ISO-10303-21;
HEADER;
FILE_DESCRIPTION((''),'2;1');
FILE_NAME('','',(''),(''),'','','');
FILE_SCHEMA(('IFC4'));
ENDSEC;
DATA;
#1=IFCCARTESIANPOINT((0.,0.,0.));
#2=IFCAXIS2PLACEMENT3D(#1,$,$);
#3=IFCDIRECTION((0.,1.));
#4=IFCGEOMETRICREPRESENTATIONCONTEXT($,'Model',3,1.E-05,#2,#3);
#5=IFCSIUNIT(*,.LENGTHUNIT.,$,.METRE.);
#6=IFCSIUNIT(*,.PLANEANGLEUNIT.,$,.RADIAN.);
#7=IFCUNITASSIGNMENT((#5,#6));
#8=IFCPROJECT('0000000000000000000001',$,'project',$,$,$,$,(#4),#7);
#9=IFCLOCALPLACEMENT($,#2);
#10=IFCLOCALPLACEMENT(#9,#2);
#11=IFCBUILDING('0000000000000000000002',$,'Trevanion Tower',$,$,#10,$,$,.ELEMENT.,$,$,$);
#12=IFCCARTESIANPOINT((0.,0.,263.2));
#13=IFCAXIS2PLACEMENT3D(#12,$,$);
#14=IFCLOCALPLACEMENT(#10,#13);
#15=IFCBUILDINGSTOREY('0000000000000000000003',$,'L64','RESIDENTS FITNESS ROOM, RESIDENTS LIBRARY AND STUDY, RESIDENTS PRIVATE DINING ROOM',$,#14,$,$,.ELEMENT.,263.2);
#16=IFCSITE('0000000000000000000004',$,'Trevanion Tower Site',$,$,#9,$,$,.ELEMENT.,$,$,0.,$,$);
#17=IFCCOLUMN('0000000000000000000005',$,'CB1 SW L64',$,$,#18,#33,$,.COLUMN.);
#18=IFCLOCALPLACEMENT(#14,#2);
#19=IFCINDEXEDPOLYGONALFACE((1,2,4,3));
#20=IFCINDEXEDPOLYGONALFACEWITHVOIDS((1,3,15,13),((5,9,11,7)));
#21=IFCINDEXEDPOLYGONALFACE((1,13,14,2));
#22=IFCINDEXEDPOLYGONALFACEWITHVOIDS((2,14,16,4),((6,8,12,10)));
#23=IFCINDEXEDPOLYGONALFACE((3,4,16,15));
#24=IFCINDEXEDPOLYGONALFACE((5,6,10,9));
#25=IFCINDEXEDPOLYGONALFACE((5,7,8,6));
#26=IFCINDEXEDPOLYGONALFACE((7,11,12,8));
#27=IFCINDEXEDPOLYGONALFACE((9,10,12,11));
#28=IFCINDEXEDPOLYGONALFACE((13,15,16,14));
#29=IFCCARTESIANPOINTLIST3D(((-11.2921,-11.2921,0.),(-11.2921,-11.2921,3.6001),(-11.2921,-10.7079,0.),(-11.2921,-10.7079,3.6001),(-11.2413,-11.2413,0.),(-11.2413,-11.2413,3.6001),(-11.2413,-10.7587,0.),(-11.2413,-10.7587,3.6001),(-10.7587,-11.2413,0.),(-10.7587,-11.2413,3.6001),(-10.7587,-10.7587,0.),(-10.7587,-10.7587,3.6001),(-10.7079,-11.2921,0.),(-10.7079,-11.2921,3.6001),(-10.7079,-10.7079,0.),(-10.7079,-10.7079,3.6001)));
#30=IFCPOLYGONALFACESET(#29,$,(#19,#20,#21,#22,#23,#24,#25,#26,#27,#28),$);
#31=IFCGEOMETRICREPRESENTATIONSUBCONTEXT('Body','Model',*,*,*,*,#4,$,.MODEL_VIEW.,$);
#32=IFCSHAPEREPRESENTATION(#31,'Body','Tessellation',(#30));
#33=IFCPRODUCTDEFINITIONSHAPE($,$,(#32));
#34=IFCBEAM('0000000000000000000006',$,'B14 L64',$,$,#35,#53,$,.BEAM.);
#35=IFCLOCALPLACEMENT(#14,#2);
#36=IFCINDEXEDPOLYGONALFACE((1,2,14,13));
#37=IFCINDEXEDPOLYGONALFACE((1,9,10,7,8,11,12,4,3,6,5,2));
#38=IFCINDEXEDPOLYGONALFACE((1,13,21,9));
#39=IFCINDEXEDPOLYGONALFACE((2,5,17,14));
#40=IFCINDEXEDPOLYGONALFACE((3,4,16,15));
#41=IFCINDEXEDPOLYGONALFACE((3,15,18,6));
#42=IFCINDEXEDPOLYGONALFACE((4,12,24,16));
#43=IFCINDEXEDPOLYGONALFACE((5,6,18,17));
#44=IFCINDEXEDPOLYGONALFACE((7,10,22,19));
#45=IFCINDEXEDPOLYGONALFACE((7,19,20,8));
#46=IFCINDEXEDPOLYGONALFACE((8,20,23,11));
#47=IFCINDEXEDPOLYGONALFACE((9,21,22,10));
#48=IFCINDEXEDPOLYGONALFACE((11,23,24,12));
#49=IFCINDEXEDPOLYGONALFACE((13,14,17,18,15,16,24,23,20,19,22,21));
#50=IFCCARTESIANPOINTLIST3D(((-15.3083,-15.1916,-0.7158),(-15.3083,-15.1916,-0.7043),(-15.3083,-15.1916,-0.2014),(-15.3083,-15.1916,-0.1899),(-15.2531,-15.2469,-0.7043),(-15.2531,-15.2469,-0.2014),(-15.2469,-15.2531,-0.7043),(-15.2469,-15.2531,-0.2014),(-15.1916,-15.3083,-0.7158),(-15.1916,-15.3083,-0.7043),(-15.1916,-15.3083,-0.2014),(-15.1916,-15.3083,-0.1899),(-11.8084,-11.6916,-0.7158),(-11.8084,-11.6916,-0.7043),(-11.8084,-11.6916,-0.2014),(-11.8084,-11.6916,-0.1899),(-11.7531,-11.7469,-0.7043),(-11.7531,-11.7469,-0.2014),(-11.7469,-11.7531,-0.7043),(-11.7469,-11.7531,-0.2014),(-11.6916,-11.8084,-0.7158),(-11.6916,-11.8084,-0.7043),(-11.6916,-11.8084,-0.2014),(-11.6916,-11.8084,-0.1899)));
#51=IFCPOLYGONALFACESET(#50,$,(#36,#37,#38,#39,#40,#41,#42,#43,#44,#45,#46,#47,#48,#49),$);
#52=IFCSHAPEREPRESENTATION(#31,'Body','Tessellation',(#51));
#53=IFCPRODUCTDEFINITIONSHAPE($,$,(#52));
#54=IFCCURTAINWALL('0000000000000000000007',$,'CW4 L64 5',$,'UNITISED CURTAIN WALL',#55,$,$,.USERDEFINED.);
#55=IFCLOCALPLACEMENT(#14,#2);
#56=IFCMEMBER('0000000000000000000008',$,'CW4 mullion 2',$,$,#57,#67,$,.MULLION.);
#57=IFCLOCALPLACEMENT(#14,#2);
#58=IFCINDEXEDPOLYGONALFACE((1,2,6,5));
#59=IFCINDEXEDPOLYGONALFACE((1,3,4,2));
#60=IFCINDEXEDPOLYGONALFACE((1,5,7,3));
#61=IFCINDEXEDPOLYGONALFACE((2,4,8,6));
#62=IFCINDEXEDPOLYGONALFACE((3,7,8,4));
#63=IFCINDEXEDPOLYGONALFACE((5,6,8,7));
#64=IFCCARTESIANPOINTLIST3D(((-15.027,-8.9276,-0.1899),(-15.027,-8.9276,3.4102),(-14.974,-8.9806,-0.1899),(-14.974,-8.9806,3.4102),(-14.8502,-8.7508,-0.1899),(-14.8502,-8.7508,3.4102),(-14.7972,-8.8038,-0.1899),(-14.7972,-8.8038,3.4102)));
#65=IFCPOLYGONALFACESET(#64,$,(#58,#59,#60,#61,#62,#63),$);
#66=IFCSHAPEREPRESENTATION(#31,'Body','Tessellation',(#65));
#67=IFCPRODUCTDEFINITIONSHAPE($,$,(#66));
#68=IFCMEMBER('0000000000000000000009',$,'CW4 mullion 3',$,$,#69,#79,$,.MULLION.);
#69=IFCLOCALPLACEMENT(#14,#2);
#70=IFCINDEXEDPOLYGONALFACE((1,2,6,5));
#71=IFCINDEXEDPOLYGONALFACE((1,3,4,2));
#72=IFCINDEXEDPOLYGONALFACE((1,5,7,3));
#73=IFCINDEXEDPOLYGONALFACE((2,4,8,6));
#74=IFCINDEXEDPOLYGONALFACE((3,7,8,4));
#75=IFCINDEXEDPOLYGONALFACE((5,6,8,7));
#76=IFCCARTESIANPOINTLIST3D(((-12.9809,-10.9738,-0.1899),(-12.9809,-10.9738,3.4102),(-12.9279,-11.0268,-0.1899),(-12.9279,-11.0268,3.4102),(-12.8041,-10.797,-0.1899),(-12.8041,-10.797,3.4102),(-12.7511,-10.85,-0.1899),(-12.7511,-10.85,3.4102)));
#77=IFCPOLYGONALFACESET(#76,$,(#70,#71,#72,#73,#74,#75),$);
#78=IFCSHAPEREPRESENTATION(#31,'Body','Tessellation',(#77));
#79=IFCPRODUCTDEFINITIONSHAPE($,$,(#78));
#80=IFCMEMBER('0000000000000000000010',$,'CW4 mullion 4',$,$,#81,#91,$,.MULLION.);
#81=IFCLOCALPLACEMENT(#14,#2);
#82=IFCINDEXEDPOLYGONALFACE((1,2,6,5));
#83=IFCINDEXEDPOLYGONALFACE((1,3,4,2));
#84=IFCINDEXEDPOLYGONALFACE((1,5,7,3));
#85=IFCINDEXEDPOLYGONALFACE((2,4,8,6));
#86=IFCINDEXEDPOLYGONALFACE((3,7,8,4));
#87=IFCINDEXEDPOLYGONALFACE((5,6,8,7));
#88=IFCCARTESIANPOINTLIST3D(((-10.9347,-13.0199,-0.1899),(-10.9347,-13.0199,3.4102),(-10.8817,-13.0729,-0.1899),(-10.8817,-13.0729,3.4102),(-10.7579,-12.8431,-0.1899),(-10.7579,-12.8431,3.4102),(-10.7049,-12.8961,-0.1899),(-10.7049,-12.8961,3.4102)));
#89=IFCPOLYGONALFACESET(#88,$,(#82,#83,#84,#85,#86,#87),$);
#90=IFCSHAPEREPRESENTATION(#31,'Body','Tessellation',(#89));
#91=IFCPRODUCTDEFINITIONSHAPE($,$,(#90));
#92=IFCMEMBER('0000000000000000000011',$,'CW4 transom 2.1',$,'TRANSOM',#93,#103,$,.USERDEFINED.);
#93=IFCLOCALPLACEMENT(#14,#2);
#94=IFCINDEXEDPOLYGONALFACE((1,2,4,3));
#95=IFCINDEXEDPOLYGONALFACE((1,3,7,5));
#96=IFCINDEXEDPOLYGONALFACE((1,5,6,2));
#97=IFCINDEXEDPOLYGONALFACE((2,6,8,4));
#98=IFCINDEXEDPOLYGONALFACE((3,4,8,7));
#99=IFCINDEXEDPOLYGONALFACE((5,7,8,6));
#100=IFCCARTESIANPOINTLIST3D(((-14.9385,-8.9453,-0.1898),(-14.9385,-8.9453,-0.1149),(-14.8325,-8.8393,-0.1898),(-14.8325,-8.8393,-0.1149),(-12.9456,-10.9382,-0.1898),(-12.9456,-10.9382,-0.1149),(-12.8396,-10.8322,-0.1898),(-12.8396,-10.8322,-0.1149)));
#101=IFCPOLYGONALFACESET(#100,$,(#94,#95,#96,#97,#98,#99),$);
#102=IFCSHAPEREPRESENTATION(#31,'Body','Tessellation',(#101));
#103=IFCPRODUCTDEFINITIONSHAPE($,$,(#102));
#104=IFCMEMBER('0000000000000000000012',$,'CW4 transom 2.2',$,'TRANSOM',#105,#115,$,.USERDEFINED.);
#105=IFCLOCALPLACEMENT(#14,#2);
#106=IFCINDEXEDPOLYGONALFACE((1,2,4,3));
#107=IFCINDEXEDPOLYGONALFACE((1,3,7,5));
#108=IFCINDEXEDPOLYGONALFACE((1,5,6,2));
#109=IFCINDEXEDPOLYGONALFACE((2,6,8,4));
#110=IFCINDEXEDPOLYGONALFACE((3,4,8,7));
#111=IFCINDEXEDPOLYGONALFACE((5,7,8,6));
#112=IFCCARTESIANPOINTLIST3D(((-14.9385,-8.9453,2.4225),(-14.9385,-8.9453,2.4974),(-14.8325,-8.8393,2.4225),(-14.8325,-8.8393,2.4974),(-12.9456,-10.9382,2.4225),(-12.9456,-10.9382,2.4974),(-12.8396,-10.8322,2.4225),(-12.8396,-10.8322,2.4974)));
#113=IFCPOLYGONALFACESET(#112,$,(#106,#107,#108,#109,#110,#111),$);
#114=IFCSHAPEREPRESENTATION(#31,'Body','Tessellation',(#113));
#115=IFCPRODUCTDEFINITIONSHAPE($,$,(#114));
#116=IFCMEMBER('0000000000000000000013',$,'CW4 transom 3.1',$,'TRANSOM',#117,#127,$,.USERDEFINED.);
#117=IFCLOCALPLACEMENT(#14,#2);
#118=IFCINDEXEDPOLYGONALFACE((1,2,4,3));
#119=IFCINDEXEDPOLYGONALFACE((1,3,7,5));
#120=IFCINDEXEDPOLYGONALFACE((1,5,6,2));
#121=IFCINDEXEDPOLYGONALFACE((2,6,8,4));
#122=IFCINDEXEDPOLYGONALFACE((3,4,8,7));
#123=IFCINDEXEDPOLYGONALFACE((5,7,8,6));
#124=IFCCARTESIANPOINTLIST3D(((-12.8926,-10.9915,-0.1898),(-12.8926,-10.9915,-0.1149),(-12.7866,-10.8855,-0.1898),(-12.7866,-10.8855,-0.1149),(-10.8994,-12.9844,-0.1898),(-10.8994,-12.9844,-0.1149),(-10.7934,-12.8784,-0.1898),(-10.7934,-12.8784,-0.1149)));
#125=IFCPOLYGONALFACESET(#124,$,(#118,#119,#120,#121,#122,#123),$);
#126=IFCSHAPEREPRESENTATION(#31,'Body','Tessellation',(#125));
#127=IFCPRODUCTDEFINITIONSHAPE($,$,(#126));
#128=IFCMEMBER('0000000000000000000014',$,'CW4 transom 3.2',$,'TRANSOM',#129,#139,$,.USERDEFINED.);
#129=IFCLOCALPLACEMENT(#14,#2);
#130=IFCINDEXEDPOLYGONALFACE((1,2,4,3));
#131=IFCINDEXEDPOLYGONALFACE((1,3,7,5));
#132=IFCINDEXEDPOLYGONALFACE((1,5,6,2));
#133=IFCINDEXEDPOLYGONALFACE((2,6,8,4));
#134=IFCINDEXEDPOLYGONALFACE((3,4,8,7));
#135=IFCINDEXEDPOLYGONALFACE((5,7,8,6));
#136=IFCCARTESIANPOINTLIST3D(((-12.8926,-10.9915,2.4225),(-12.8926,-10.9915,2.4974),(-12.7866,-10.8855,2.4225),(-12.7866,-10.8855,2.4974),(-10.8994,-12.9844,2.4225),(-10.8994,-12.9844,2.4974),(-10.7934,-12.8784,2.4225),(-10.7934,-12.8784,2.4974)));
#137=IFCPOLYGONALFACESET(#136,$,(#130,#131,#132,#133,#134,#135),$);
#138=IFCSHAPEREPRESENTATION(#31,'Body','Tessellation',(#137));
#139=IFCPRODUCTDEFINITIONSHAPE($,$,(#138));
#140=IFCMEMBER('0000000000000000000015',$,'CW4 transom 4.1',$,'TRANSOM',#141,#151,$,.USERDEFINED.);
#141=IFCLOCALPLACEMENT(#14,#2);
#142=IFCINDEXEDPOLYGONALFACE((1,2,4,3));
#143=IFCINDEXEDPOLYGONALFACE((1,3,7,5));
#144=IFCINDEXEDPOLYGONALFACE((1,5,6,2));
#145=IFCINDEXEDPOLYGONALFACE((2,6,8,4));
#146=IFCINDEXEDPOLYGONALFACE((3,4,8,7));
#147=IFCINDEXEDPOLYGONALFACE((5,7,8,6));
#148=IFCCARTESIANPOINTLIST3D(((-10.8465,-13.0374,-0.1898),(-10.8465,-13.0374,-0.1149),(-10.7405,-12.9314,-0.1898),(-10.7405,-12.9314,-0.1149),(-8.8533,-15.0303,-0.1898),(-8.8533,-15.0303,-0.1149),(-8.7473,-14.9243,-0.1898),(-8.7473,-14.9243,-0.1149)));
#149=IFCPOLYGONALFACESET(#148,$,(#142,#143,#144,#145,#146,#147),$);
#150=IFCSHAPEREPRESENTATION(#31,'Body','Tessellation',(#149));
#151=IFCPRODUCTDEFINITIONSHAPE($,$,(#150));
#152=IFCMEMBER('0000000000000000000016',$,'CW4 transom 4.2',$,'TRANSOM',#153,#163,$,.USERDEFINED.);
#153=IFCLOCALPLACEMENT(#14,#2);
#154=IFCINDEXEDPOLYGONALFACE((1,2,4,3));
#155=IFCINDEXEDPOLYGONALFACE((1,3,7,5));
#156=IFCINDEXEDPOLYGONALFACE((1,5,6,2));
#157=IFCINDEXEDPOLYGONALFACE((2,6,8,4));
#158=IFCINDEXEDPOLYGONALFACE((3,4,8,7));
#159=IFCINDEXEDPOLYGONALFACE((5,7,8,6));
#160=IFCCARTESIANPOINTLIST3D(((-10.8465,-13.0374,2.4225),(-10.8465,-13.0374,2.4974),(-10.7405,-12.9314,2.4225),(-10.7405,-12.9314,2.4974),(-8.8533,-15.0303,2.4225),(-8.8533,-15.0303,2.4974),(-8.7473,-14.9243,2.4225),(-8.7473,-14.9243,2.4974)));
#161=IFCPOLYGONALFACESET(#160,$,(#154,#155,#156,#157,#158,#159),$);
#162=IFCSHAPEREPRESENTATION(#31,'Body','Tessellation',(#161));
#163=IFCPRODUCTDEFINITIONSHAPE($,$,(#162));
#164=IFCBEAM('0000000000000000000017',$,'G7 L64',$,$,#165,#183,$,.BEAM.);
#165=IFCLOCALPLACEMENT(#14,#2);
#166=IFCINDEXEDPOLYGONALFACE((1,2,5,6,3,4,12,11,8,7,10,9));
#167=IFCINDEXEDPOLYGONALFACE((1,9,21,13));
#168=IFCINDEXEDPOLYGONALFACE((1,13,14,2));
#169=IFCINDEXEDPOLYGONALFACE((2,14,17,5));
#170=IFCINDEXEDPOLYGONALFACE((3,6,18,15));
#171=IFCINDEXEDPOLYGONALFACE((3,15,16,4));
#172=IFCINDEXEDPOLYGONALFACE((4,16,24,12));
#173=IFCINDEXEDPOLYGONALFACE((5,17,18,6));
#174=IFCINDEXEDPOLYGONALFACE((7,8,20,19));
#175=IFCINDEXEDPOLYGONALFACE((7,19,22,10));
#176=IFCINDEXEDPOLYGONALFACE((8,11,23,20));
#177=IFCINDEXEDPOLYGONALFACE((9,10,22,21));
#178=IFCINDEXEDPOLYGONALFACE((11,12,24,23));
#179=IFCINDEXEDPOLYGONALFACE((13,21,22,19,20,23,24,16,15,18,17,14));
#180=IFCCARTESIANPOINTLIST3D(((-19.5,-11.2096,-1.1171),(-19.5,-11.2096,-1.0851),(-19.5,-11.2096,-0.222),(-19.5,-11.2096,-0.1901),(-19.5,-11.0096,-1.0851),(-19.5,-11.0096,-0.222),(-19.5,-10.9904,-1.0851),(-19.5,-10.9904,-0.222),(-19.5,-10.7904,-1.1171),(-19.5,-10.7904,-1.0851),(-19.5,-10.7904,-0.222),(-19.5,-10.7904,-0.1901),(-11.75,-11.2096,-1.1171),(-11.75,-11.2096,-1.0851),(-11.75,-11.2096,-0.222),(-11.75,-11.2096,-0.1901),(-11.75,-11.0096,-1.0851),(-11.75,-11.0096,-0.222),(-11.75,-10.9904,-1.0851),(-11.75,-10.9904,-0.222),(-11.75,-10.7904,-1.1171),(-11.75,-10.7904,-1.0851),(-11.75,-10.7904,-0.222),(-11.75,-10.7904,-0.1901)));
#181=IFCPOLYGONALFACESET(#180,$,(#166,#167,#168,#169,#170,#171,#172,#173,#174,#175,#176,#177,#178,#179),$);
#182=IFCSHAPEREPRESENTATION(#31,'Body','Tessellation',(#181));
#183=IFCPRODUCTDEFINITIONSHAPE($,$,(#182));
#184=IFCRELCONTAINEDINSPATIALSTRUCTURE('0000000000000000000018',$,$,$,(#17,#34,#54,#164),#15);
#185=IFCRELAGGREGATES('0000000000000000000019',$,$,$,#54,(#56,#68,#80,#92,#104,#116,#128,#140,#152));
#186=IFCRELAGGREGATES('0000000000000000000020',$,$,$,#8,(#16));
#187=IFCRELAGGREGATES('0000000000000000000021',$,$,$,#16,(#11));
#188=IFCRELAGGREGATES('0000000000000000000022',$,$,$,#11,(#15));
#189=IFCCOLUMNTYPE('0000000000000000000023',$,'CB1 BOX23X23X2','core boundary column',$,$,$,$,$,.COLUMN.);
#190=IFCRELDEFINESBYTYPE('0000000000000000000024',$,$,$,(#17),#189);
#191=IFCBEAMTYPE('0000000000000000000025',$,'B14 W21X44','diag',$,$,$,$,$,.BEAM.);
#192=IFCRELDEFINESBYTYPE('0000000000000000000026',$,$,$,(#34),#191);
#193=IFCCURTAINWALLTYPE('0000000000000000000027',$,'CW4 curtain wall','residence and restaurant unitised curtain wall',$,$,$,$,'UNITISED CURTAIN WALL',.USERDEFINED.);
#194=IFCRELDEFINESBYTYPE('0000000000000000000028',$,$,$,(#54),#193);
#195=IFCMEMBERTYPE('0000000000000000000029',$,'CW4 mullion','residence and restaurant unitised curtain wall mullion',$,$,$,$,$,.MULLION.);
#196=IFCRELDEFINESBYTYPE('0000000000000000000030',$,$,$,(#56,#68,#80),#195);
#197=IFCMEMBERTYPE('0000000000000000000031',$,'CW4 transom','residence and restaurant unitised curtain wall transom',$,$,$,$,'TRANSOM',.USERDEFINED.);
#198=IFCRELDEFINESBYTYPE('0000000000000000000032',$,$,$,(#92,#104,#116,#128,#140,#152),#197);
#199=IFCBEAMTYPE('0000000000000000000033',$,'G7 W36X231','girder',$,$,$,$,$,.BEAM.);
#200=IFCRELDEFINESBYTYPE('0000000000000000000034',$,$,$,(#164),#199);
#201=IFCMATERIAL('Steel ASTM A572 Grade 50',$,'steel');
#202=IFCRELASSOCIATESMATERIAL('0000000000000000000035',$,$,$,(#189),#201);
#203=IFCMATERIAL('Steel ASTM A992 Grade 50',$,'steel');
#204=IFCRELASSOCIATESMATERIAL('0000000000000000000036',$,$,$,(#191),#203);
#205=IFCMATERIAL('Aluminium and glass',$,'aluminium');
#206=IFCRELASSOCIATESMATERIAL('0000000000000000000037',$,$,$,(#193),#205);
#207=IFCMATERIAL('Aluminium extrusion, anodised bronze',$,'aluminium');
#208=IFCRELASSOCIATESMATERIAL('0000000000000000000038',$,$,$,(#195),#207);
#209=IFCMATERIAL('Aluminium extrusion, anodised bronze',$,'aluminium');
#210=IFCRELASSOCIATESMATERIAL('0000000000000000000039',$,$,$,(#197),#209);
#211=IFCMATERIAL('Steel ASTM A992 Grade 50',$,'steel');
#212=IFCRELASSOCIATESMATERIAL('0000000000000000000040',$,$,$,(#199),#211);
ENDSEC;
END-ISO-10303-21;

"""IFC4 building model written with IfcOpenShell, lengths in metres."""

from ifc_helpers import new_model, si_unit, direction, frame, origin, origin_2d, place, context, subcontext, project, spatial, rectangle, hollow_rectangle, i_section, extrude, material, material_profile, profile_set, type_object, element, aggregate, save


model = new_model("IFC4")

# Units and contexts
model_context = context("Model", 3, precision=1e-05, world=origin(), true_north=direction((0.0, 1.0)))
body_context = subcontext(model_context, "Body", "Model", "MODEL_VIEW")
ifc_project = project(units=[si_unit("LENGTHUNIT", "METRE"), si_unit("PLANEANGLEUNIT", "RADIAN")], contexts=[model_context])

# Site, building, storey
site_placement = place(None, origin())
site = spatial("IfcSite", under=ifc_project, at=site_placement, Name="Trevanion Tower Site", CompositionType="ELEMENT", RefElevation=0.0)
building_placement = place(site_placement, origin())
building = spatial("IfcBuilding", under=site, at=building_placement, Name="Trevanion Tower", CompositionType="ELEMENT")
storey_placement = place(building_placement, frame((0.0, 0.0, 263.2)))
storey = spatial("IfcBuildingStorey", under=building, at=storey_placement, Name="L64", Description="RESIDENTS FITNESS ROOM, RESIDENTS LIBRARY AND STUDY, RESIDENTS PRIVATE DINING ROOM", CompositionType="ELEMENT", Elevation=263.2)

# Column
ifc_material_1 = material(Name="Steel ASTM A572 Grade 50", Category="steel")
ifc_material_profile_1 = material_profile(ifc_material_1, hollow_rectangle(XDim=0.5842, YDim=0.5842, WallThickness=0.0508, at=origin_2d()), Name="BOX23X23X2")
ifc_profile_set_1 = profile_set([ifc_material_profile_1], Name="Steel ASTM A572 Grade 50")
column_type = type_object("IfcColumnType", Name="CB1 BOX23X23X2", Description="core boundary column", PredefinedType="COLUMN", material=ifc_profile_set_1)
column_placement = place(storey_placement, frame((-11.0, -11.0, 0.0), z_axis=(0.0, 0.0, 1.0), x_axis=(1.0, 0.0, 0.0)))
element("IfcColumn", 1, at=column_placement, inside=storey, type_object=column_type, Name="CB1 SW L64", PredefinedType="COLUMN", context=body_context, shape_type="SweptSolid", body=[
    extrude(hollow_rectangle(XDim=0.5842, YDim=0.5842, WallThickness=0.0508, at=origin_2d()), origin(), (0.0, 0.0, 1.0), 3.6001),
])

# Beam
ifc_material_2 = material(Name="Steel ASTM A992 Grade 50", Category="steel")
ifc_material_profile_2 = material_profile(ifc_material_2, i_section(OverallWidth=0.165, OverallDepth=0.5259, WebThickness=0.0088, FlangeThickness=0.0115, at=origin_2d()), Name="W21X44")
ifc_profile_set_2 = profile_set([ifc_material_profile_2], Name="Steel ASTM A992 Grade 50")
beam_type_1 = type_object("IfcBeamType", Name="B14 W21X44", Description="diag", PredefinedType="BEAM", material=ifc_profile_set_2)
beam_1_placement = place(storey_placement, frame((-11.75, -11.75, -0.4529), z_axis=(-0.707107, -0.707107, 0.0), x_axis=(0.707107, -0.707107, 0.0)))
element("IfcBeam", 2, at=beam_1_placement, inside=storey, type_object=beam_type_1, Name="B14 L64", PredefinedType="BEAM", context=body_context, shape_type="SweptSolid", body=[
    extrude(i_section(OverallWidth=0.165, OverallDepth=0.5259, WebThickness=0.0088, FlangeThickness=0.0115, at=origin_2d()), origin(), (0.0, 0.0, 1.0), 4.9497),
])

# Curtain wall, members
ifc_material_3 = material(Name="Aluminium and glass", Category="aluminium")
curtain_wall_type = type_object("IfcCurtainWallType", Name="CW4 curtain wall", Description="residence and restaurant unitised curtain wall", ElementType="UNITISED CURTAIN WALL", PredefinedType="USERDEFINED", material=ifc_material_3)
curtain_wall_placement = place(storey_placement, origin())
curtain_wall = element("IfcCurtainWall", 3, at=curtain_wall_placement, inside=storey, type_object=curtain_wall_type, Name="CW4 L64 5", ObjectType="UNITISED CURTAIN WALL", PredefinedType="USERDEFINED")
ifc_material_4 = material(Name="Aluminium extrusion, anodised bronze", Category="aluminium")
ifc_material_profile_3 = material_profile(ifc_material_4, rectangle(XDim=0.075, YDim=0.25, at=origin_2d()), Name="CW4 mullion")
ifc_profile_set_3 = profile_set([ifc_material_profile_3], Name="Aluminium extrusion, anodised bronze")
member_type_1 = type_object("IfcMemberType", Name="CW4 mullion", Description="residence and restaurant unitised curtain wall mullion", PredefinedType="MULLION", material=ifc_profile_set_3)
member_1_placement = place(storey_placement, frame((-14.9121, -8.8657, -0.1899), z_axis=(0.0, 0.0, 1.0), x_axis=(0.707107, -0.707107, 0.0)))
member_1 = element("IfcMember", 4, at=member_1_placement, type_object=member_type_1, Name="CW4 mullion 2", PredefinedType="MULLION", context=body_context, shape_type="SweptSolid", body=[
    extrude(rectangle(XDim=0.075, YDim=0.25, at=origin_2d()), origin(), (0.0, 0.0, 1.0), 3.6001),
])
member_2_placement = place(storey_placement, frame((-12.866, -10.9119, -0.1899), z_axis=(0.0, 0.0, 1.0), x_axis=(0.707107, -0.707107, 0.0)))
member_2 = element("IfcMember", 5, at=member_2_placement, type_object=member_type_1, Name="CW4 mullion 3", PredefinedType="MULLION", context=body_context, shape_type="SweptSolid", body=[
    extrude(rectangle(XDim=0.075, YDim=0.25, at=origin_2d()), origin(), (0.0, 0.0, 1.0), 3.6001),
])
member_3_placement = place(storey_placement, frame((-10.8198, -12.958, -0.1899), z_axis=(0.0, 0.0, 1.0), x_axis=(0.707107, -0.707107, 0.0)))
member_3 = element("IfcMember", 6, at=member_3_placement, type_object=member_type_1, Name="CW4 mullion 4", PredefinedType="MULLION", context=body_context, shape_type="SweptSolid", body=[
    extrude(rectangle(XDim=0.075, YDim=0.25, at=origin_2d()), origin(), (0.0, 0.0, 1.0), 3.6001),
])
ifc_material_5 = material(Name="Aluminium extrusion, anodised bronze", Category="aluminium")
ifc_material_profile_4 = material_profile(ifc_material_5, rectangle(XDim=0.1499, YDim=0.075, at=origin_2d()), Name="CW4 transom")
ifc_profile_set_4 = profile_set([ifc_material_profile_4], Name="Aluminium extrusion, anodised bronze")
member_type_2 = type_object("IfcMemberType", Name="CW4 transom", Description="residence and restaurant unitised curtain wall transom", ElementType="TRANSOM", PredefinedType="USERDEFINED", material=ifc_profile_set_4)
member_4_placement = place(storey_placement, frame((-14.8855, -8.8923, -0.1523), z_axis=(0.707107, -0.707107, 0.0), x_axis=(0.707107, 0.707107, 0.0)))
member_4 = element("IfcMember", 7, at=member_4_placement, type_object=member_type_2, Name="CW4 transom 2.1", ObjectType="TRANSOM", PredefinedType="USERDEFINED", context=body_context, shape_type="SweptSolid", body=[
    extrude(rectangle(XDim=0.1499, YDim=0.075, at=origin_2d()), origin(), (0.0, 0.0, 1.0), 2.8184),
])
member_5_placement = place(storey_placement, frame((-14.8855, -8.8923, 2.46), z_axis=(0.707107, -0.707107, 0.0), x_axis=(0.707107, 0.707107, 0.0)))
member_5 = element("IfcMember", 8, at=member_5_placement, type_object=member_type_2, Name="CW4 transom 2.2", ObjectType="TRANSOM", PredefinedType="USERDEFINED", context=body_context, shape_type="SweptSolid", body=[
    extrude(rectangle(XDim=0.1499, YDim=0.075, at=origin_2d()), origin(), (0.0, 0.0, 1.0), 2.8184),
])
member_6_placement = place(storey_placement, frame((-12.8396, -10.9385, -0.1523), z_axis=(0.70715, -0.707063, 0.0), x_axis=(0.707063, 0.70715, 0.0)))
member_6 = element("IfcMember", 9, at=member_6_placement, type_object=member_type_2, Name="CW4 transom 3.1", ObjectType="TRANSOM", PredefinedType="USERDEFINED", context=body_context, shape_type="SweptSolid", body=[
    extrude(rectangle(XDim=0.1499, YDim=0.075, at=origin_2d()), origin(), (0.0, 0.0, 1.0), 2.8186),
])
member_7_placement = place(storey_placement, frame((-12.8396, -10.9385, 2.46), z_axis=(0.70715, -0.707063, 0.0), x_axis=(0.707063, 0.70715, 0.0)))
member_7 = element("IfcMember", 10, at=member_7_placement, type_object=member_type_2, Name="CW4 transom 3.2", ObjectType="TRANSOM", PredefinedType="USERDEFINED", context=body_context, shape_type="SweptSolid", body=[
    extrude(rectangle(XDim=0.1499, YDim=0.075, at=origin_2d()), origin(), (0.0, 0.0, 1.0), 2.8186),
])
member_8_placement = place(storey_placement, frame((-10.7935, -12.9844, -0.1523), z_axis=(0.70715, -0.707063, 0.0), x_axis=(0.707063, 0.70715, 0.0)))
member_8 = element("IfcMember", 11, at=member_8_placement, type_object=member_type_2, Name="CW4 transom 4.1", ObjectType="TRANSOM", PredefinedType="USERDEFINED", context=body_context, shape_type="SweptSolid", body=[
    extrude(rectangle(XDim=0.1499, YDim=0.075, at=origin_2d()), origin(), (0.0, 0.0, 1.0), 2.8186),
])
member_9_placement = place(storey_placement, frame((-10.7935, -12.9844, 2.46), z_axis=(0.70715, -0.707063, 0.0), x_axis=(0.707063, 0.70715, 0.0)))
member_9 = element("IfcMember", 12, at=member_9_placement, type_object=member_type_2, Name="CW4 transom 4.2", ObjectType="TRANSOM", PredefinedType="USERDEFINED", context=body_context, shape_type="SweptSolid", body=[
    extrude(rectangle(XDim=0.1499, YDim=0.075, at=origin_2d()), origin(), (0.0, 0.0, 1.0), 2.8186),
])

# Beam
ifc_material_6 = material(Name="Steel ASTM A992 Grade 50", Category="steel")
ifc_material_profile_5 = material_profile(ifc_material_6, i_section(OverallWidth=0.4192, OverallDepth=0.927, WebThickness=0.0193, FlangeThickness=0.032, at=origin_2d()), Name="W36X231")
ifc_profile_set_5 = profile_set([ifc_material_profile_5], Name="Steel ASTM A992 Grade 50")
beam_type_2 = type_object("IfcBeamType", Name="G7 W36X231", Description="girder", PredefinedType="BEAM", material=ifc_profile_set_5)
for number, where, z_axis, x_axis, name in (
    (13, (-11.75, -11.0, -0.6536), (-1.0, 0.0, 0.0), (0.0, -1.0, 0.0), "G7 L64"),
):
    element("IfcBeam", number, at=place(storey_placement, frame(where, z_axis=z_axis, x_axis=x_axis)), inside=storey, type_object=beam_type_2, Name=name, PredefinedType="BEAM", context=body_context, shape_type="SweptSolid", body=[
        extrude(i_section(OverallWidth=0.4192, OverallDepth=0.927, WebThickness=0.0193, FlangeThickness=0.032, at=origin_2d()), origin(), (0.0, 0.0, 1.0), 7.75),
    ])

aggregate(curtain_wall, [member_1, member_2, member_3, member_4, member_5, member_6, member_7, member_8, member_9])

save(model, "model.ifc")
